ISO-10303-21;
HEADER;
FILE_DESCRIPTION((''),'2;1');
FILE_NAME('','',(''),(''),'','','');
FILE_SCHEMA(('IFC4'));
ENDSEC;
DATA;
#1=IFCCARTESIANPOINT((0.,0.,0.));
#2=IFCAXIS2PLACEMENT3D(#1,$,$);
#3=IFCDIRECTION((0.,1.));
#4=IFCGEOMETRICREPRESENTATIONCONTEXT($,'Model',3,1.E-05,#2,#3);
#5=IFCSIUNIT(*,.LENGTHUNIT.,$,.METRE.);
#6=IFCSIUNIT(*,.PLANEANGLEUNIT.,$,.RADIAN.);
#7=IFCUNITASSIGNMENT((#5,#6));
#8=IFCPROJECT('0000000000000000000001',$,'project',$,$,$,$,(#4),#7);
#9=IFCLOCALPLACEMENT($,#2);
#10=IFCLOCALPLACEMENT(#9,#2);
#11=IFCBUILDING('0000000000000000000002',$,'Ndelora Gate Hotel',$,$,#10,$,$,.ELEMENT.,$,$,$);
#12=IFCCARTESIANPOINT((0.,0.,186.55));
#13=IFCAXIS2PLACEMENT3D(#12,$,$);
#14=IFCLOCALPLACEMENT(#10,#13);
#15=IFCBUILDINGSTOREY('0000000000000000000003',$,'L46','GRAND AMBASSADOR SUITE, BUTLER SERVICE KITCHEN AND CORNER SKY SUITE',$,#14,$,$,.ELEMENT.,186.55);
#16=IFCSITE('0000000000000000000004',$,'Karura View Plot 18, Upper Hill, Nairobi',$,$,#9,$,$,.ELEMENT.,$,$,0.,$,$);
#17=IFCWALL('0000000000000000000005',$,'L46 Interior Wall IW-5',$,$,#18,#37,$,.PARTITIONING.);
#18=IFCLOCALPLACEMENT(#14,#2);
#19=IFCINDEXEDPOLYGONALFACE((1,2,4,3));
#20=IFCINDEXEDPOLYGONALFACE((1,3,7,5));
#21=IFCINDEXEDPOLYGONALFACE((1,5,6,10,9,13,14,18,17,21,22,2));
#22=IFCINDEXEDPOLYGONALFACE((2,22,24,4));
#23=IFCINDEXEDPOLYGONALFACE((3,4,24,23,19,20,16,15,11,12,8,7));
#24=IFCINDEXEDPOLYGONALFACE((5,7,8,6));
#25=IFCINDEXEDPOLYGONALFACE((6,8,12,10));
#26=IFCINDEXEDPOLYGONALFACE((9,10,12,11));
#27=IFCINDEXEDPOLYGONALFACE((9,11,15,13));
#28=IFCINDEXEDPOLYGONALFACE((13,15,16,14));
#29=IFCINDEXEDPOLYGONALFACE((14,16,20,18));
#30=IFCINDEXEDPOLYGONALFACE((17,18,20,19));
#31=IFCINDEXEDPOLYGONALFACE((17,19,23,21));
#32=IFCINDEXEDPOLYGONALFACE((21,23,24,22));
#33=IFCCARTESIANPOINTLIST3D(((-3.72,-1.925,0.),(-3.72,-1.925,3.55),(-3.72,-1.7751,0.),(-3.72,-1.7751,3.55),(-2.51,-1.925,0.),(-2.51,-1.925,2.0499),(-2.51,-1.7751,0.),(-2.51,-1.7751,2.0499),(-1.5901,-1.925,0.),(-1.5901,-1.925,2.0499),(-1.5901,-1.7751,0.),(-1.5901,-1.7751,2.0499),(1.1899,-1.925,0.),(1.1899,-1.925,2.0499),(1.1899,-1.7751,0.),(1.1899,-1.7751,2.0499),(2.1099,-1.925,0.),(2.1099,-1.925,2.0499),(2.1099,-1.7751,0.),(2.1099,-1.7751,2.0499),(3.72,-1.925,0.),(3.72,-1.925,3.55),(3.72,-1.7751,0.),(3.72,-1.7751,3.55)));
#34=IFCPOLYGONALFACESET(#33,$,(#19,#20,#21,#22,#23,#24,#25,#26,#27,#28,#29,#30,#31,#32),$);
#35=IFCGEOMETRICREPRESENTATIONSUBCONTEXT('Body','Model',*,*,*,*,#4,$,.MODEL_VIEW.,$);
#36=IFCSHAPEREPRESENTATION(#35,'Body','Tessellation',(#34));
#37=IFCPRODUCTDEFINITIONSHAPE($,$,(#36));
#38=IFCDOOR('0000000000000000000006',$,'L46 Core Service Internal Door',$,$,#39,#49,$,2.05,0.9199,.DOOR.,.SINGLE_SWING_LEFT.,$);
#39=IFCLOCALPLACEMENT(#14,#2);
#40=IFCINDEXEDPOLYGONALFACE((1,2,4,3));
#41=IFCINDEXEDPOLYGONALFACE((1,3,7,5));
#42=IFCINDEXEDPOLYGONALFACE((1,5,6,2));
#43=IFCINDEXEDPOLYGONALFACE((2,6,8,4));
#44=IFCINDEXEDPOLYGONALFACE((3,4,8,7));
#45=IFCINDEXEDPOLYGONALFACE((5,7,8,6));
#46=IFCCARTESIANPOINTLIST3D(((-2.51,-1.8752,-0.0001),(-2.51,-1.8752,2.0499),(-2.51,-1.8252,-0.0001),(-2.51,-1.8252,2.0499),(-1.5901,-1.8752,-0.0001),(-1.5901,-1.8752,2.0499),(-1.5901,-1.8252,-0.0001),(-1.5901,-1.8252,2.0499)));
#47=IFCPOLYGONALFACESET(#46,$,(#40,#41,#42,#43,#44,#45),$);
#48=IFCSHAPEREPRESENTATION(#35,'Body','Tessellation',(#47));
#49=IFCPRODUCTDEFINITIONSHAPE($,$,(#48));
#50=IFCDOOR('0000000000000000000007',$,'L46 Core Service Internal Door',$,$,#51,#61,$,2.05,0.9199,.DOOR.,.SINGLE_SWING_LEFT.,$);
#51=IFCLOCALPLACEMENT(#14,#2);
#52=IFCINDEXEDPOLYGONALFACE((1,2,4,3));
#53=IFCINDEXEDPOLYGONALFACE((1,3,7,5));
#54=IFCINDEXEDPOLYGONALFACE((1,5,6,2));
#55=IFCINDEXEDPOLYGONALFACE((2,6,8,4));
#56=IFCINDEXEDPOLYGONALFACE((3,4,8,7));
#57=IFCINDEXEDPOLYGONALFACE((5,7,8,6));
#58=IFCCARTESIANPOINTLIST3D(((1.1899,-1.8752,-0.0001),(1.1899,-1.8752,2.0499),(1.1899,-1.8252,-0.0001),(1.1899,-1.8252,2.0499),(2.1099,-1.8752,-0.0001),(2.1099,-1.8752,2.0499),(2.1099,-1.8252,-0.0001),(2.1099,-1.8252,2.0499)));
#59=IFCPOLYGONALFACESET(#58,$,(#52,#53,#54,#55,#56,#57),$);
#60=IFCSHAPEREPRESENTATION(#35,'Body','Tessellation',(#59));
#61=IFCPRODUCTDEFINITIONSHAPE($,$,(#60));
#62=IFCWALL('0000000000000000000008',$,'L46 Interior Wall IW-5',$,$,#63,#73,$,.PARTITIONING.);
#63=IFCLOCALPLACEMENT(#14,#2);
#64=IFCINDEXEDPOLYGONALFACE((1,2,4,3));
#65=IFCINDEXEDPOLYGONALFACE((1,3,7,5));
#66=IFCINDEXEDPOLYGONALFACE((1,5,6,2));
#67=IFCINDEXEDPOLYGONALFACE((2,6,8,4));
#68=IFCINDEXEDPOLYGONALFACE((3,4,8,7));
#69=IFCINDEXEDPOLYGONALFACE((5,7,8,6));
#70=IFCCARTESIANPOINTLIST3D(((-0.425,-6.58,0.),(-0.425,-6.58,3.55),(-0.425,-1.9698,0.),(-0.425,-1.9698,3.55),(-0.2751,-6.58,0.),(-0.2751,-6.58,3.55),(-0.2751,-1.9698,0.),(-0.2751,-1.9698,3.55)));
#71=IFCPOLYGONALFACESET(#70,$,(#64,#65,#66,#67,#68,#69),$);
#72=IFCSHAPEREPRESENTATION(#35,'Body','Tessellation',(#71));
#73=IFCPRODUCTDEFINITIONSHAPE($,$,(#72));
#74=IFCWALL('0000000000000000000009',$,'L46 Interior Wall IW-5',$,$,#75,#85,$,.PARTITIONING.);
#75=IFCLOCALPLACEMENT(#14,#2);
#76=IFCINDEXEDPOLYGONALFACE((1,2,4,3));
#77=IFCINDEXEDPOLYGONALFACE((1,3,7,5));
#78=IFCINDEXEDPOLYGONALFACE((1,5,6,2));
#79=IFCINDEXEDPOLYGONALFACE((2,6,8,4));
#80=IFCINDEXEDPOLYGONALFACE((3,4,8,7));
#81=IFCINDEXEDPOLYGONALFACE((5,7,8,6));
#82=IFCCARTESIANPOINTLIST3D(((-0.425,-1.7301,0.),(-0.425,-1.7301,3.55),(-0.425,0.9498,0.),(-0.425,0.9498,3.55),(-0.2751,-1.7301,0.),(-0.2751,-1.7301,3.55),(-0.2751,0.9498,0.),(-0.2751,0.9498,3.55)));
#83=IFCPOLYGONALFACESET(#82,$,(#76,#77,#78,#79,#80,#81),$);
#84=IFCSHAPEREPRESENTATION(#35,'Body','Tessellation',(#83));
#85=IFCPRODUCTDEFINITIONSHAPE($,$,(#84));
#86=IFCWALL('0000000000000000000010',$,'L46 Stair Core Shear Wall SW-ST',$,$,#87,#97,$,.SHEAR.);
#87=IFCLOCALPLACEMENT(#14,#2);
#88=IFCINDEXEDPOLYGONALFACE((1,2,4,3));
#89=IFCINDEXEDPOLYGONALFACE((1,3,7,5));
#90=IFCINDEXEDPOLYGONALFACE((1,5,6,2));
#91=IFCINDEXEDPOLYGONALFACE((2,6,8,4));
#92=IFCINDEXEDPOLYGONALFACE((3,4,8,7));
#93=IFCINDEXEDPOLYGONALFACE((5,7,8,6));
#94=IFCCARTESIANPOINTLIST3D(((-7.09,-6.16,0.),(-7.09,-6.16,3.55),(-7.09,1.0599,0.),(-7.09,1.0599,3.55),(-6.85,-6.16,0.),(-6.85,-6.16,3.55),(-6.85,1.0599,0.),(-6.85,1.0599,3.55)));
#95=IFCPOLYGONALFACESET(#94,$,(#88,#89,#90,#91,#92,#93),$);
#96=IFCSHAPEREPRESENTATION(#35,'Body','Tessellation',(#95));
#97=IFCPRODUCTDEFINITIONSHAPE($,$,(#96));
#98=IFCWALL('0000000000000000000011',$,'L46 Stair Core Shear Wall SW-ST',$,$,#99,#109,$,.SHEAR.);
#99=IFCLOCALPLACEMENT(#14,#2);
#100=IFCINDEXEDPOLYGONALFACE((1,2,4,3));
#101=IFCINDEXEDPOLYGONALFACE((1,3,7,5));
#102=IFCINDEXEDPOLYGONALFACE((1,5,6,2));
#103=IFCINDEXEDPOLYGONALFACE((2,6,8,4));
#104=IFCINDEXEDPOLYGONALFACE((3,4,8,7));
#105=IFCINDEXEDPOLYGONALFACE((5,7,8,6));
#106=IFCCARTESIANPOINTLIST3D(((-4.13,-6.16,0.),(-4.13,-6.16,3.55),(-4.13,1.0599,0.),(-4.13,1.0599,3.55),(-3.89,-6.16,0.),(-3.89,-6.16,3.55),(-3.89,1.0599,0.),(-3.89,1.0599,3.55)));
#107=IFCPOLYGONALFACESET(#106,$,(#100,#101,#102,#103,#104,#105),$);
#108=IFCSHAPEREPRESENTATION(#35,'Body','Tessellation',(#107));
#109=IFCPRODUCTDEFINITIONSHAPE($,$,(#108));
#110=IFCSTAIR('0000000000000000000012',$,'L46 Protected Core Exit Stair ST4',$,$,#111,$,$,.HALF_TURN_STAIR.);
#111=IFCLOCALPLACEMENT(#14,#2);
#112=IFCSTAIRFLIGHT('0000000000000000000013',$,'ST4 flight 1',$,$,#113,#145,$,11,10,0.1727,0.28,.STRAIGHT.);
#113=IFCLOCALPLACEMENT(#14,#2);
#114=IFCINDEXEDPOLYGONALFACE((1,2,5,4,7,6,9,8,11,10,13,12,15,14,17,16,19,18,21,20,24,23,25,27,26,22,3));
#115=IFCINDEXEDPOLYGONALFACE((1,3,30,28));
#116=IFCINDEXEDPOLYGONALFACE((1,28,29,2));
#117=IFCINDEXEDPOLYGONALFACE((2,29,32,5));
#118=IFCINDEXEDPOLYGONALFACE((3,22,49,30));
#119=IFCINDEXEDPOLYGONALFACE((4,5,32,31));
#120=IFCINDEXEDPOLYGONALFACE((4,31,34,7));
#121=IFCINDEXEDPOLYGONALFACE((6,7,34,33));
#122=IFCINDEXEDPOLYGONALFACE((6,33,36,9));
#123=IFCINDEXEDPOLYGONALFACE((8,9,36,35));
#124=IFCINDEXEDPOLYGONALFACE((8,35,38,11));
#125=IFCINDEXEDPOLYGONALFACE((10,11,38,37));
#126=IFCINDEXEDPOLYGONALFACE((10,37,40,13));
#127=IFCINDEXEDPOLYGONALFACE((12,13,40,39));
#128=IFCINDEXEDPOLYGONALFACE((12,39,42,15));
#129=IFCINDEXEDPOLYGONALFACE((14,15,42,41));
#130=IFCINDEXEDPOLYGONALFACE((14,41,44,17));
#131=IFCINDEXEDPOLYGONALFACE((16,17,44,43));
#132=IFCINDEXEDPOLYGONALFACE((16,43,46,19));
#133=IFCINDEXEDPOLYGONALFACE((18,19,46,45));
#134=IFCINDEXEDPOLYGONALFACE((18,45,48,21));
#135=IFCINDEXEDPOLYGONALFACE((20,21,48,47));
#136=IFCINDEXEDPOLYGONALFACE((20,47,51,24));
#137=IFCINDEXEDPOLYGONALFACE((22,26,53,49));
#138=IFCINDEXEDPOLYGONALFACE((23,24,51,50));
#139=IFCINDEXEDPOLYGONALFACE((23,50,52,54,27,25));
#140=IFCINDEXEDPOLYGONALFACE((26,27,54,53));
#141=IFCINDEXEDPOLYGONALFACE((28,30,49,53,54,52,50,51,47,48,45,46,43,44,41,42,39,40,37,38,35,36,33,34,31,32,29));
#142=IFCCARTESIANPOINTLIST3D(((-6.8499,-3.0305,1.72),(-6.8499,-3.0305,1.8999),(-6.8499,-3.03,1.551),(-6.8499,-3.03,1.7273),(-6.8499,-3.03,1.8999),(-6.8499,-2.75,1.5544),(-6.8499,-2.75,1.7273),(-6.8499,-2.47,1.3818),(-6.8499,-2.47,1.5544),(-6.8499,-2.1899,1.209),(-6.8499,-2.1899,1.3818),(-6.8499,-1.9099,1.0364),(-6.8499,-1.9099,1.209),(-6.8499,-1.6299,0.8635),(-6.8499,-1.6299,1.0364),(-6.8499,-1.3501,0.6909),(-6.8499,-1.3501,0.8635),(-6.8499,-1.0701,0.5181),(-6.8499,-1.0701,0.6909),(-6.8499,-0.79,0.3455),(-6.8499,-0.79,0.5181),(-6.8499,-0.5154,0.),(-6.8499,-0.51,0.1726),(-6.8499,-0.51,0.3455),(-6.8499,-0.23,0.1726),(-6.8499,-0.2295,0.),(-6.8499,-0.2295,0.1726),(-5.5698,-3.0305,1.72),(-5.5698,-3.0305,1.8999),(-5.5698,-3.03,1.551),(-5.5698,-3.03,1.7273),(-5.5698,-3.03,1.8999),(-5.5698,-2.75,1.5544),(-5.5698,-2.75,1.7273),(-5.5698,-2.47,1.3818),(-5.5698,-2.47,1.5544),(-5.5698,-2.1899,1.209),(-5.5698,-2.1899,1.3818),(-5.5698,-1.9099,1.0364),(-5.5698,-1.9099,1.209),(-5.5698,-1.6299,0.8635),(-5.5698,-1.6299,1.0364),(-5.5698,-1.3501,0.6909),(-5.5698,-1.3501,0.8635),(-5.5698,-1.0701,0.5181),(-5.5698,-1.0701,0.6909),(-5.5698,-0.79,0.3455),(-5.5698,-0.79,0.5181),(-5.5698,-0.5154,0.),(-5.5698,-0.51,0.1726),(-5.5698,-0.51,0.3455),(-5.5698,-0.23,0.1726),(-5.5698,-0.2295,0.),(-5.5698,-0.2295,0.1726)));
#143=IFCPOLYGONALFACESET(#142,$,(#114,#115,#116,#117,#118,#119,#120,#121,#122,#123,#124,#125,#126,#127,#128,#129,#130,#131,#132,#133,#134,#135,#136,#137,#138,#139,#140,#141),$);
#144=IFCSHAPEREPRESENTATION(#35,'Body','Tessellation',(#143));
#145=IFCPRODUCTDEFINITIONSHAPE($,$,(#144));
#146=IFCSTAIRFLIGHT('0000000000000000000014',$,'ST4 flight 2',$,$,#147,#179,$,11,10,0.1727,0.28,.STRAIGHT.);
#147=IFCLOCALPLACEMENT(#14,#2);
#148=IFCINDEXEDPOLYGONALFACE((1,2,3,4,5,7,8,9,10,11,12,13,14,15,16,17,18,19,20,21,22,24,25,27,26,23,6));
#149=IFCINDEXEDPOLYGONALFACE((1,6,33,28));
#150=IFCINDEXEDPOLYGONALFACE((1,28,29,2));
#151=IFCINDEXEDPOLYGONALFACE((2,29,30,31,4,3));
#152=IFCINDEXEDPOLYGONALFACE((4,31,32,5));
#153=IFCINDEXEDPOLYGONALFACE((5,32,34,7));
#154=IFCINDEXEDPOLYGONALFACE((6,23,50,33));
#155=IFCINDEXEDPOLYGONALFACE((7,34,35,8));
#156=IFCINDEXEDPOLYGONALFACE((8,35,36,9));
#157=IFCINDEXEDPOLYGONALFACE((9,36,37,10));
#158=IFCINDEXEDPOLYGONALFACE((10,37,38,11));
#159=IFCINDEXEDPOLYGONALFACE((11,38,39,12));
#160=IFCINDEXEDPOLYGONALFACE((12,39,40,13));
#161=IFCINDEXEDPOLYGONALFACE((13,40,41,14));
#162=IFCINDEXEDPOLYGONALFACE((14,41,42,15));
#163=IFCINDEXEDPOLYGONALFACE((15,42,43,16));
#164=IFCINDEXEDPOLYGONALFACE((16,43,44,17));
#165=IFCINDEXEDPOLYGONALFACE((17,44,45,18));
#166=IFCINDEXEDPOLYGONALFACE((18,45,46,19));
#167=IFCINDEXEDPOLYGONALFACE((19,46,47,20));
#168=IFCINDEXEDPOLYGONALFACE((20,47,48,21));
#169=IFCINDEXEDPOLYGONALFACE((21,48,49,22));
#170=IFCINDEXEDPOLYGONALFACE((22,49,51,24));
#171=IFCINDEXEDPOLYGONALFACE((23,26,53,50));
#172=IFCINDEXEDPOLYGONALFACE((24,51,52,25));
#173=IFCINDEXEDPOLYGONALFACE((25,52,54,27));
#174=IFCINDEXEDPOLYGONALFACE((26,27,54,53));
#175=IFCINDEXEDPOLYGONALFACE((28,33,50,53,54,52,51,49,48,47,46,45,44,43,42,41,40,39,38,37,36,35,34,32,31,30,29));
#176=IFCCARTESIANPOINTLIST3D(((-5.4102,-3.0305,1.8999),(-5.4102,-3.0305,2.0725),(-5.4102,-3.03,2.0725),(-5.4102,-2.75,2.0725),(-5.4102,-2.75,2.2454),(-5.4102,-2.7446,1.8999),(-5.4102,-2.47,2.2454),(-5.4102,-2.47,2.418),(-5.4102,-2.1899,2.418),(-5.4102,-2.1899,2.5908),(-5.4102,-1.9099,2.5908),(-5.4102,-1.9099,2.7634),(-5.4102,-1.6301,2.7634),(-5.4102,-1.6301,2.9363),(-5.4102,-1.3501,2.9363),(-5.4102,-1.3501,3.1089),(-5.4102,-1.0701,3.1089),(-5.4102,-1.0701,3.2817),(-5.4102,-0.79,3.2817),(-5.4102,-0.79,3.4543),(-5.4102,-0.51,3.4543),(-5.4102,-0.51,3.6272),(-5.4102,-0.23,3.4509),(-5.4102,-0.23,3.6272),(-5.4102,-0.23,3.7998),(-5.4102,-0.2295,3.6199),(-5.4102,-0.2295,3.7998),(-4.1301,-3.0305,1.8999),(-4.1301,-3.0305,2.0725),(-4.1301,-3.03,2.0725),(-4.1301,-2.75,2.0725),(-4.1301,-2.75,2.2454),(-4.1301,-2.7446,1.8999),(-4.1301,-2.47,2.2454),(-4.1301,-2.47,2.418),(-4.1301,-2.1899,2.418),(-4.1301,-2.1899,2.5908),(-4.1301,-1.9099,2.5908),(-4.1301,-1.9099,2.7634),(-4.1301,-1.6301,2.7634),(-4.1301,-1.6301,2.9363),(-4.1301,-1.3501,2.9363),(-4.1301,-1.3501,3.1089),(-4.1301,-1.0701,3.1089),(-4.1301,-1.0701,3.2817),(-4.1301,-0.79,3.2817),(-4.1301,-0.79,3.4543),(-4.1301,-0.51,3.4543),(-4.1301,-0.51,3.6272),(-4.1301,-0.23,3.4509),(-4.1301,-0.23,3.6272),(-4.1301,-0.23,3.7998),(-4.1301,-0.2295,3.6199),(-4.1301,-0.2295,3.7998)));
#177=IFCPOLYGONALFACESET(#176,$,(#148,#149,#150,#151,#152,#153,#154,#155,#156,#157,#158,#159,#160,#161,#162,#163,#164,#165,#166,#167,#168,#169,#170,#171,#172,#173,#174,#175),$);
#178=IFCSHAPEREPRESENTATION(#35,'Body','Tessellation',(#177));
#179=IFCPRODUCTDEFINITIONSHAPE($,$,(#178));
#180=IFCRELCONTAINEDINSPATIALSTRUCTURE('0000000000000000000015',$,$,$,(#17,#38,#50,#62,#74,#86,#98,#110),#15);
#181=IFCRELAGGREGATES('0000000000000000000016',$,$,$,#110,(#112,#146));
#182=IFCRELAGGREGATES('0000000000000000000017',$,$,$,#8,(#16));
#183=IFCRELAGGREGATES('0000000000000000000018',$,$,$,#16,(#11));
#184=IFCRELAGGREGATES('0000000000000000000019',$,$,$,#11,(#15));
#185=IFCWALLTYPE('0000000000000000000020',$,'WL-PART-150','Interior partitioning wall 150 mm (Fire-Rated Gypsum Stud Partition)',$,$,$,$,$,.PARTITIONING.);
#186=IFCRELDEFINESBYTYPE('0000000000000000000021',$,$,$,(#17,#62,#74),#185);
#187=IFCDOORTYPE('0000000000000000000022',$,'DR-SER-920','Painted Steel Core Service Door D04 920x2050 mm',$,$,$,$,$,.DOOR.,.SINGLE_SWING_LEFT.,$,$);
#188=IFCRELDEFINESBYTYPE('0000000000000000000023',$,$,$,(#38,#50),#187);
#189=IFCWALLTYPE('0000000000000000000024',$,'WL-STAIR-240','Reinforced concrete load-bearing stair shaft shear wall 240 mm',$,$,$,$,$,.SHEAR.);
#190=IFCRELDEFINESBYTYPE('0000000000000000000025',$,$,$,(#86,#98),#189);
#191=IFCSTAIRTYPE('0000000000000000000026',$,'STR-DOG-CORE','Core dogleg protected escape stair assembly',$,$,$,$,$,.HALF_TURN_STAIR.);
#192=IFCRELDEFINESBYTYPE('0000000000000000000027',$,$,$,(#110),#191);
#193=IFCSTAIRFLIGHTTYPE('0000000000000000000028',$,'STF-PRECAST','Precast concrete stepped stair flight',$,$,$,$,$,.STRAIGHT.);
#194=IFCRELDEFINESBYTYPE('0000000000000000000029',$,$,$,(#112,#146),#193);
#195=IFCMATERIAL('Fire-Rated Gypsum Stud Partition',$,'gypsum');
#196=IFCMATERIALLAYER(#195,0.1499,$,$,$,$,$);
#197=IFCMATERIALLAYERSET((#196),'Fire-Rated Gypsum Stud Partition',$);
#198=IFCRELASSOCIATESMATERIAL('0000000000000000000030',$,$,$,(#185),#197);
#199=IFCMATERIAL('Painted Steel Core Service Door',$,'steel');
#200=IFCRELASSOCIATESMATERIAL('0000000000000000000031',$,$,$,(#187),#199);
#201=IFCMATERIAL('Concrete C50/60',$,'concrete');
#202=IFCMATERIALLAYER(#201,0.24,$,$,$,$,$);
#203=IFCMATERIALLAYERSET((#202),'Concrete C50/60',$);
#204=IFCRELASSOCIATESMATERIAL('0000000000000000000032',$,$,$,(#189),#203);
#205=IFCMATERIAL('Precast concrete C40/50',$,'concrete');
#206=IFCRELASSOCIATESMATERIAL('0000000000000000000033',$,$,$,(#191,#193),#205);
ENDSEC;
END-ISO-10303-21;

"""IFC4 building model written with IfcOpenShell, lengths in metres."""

from ifc_helpers import new_model, si_unit, direction, frame, frame_2d, origin, place, context, subcontext, project, spatial, polyline, rectangle, outline, extrude, material, layer, layer_set, type_object, element, fill, aggregate, save


model = new_model("IFC4")

# Units and contexts
model_context = context("Model", 3, precision=1e-05, world=origin(), true_north=direction((0.0, 1.0)))
body_context = subcontext(model_context, "Body", "Model", "MODEL_VIEW")
ifc_project = project(units=[si_unit("LENGTHUNIT", "METRE"), si_unit("PLANEANGLEUNIT", "RADIAN")], contexts=[model_context])

# Site, building, storey
site_placement = place(None, origin())
site = spatial("IfcSite", under=ifc_project, at=site_placement, Name="Karura View Plot 18, Upper Hill, Nairobi", CompositionType="ELEMENT", RefElevation=0.0)
building_placement = place(site_placement, origin())
building = spatial("IfcBuilding", under=site, at=building_placement, Name="Ndelora Gate Hotel", CompositionType="ELEMENT")
storey_placement = place(building_placement, frame((0.0, 0.0, 186.55)))
storey = spatial("IfcBuildingStorey", under=building, at=storey_placement, Name="L46", Description="GRAND AMBASSADOR SUITE, BUTLER SERVICE KITCHEN AND CORNER SKY SUITE", CompositionType="ELEMENT", Elevation=186.55)

# Wall, openings, doors
ifc_material_1 = material(Name="Fire-Rated Gypsum Stud Partition", Category="gypsum")
ifc_layer_1 = layer(ifc_material_1, 0.1499)
ifc_layer_set_1 = layer_set([ifc_layer_1], Name="Fire-Rated Gypsum Stud Partition")
wall_type_1 = type_object("IfcWallType", Name="WL-PART-150", Description="Interior partitioning wall 150 mm (Fire-Rated Gypsum Stud Partition)", PredefinedType="PARTITIONING", material=ifc_layer_set_1)
wall_1_placement = place(storey_placement, frame((-3.72, -1.8501, 0.0), z_axis=(0.0, 0.0, 1.0), x_axis=(1.0, 0.0, 0.0)))
wall_1 = element("IfcWall", 1, at=wall_1_placement, inside=storey, type_object=wall_type_1, Name="L46 Interior Wall IW-5", PredefinedType="PARTITIONING", context=body_context, shape_type="SweptSolid", body=[
    extrude(rectangle(XDim=7.4399, YDim=0.1499, at=frame_2d((3.72, 0.0))), origin(), (0.0, 0.0, 1.0), 3.55),
])
opening_1_placement = place(wall_1_placement, frame((1.21, 0.0, 0.0)))
opening_1 = element("IfcOpeningElement", 2, at=opening_1_placement, cuts=wall_1, PredefinedType="OPENING", context=body_context, shape_type="SweptSolid", body=[
    extrude(rectangle(XDim=0.9199, YDim=2.05, at=frame_2d((0.46, 1.0249))), frame((0.0, 0.085, 0.0), z_axis=(0.0, -1.0, 0.0), x_axis=(1.0, 0.0, 0.0)), (0.0, 0.0, 1.0), 0.1699),
])
opening_2_placement = place(wall_1_placement, frame((4.9099, 0.0, 0.0)))
opening_2 = element("IfcOpeningElement", 3, at=opening_2_placement, cuts=wall_1, PredefinedType="OPENING", context=body_context, shape_type="SweptSolid", body=[
    extrude(rectangle(XDim=0.9199, YDim=2.05, at=frame_2d((0.46, 1.0249))), frame((0.0, 0.085, 0.0), z_axis=(0.0, -1.0, 0.0), x_axis=(1.0, 0.0, 0.0)), (0.0, 0.0, 1.0), 0.1699),
])
ifc_material_2 = material(Name="Painted Steel Core Service Door", Category="steel")
door_type = type_object("IfcDoorType", Name="DR-SER-920", Description="Painted Steel Core Service Door D04 920x2050 mm", OperationType="SINGLE_SWING_LEFT", PredefinedType="DOOR", material=ifc_material_2)
door_1_placement = place(opening_1_placement, origin())
door_1 = element("IfcDoor", 4, at=door_1_placement, inside=storey, type_object=door_type, Name="L46 Core Service Internal Door", OperationType="SINGLE_SWING_LEFT", OverallHeight=2.05, OverallWidth=0.9199, PredefinedType="DOOR", context=body_context, shape_type="SweptSolid", body=[
    extrude(rectangle(XDim=0.9199, YDim=2.05, at=frame_2d((0.46, 1.0249))), frame((0.0, 0.0249, 0.0), z_axis=(0.0, -1.0, 0.0), x_axis=(1.0, 0.0, 0.0)), (0.0, 0.0, 1.0), 0.05),
])
fill(opening_1, door_1)
door_2_placement = place(opening_2_placement, origin())
door_2 = element("IfcDoor", 5, at=door_2_placement, inside=storey, type_object=door_type, Name="L46 Core Service Internal Door", OperationType="SINGLE_SWING_LEFT", OverallHeight=2.05, OverallWidth=0.9199, PredefinedType="DOOR", context=body_context, shape_type="SweptSolid", body=[
    extrude(rectangle(XDim=0.9199, YDim=2.05, at=frame_2d((0.46, 1.0249))), frame((0.0, 0.0249, 0.0), z_axis=(0.0, -1.0, 0.0), x_axis=(1.0, 0.0, 0.0)), (0.0, 0.0, 1.0), 0.05),
])
fill(opening_2, door_2)

# Walls
wall_2_placement = place(storey_placement, frame((-0.3501, -6.5801, 0.0), z_axis=(0.0, 0.0, 1.0), x_axis=(0.0, 1.0, 0.0)))
element("IfcWall", 6, at=wall_2_placement, inside=storey, type_object=wall_type_1, Name="L46 Interior Wall IW-5", PredefinedType="PARTITIONING", context=body_context, shape_type="SweptSolid", body=[
    extrude(rectangle(XDim=4.6101, YDim=0.1499, at=frame_2d((2.3052, 0.0))), origin(), (0.0, 0.0, 1.0), 3.55),
])
wall_3_placement = place(storey_placement, frame((-0.3501, -1.73, 0.0), z_axis=(0.0, 0.0, 1.0), x_axis=(0.0, 1.0, 0.0)))
element("IfcWall", 7, at=wall_3_placement, inside=storey, type_object=wall_type_1, Name="L46 Interior Wall IW-5", PredefinedType="PARTITIONING", context=body_context, shape_type="SweptSolid", body=[
    extrude(rectangle(XDim=2.6799, YDim=0.1499, at=frame_2d((1.3398, 0.0))), origin(), (0.0, 0.0, 1.0), 3.55),
])
ifc_material_3 = material(Name="Concrete C50/60", Category="concrete")
ifc_layer_2 = layer(ifc_material_3, 0.24)
ifc_layer_set_2 = layer_set([ifc_layer_2], Name="Concrete C50/60")
wall_type_2 = type_object("IfcWallType", Name="WL-STAIR-240", Description="Reinforced concrete load-bearing stair shaft shear wall 240 mm", PredefinedType="SHEAR", material=ifc_layer_set_2)
for number, where, z_axis, x_axis, name in (
    (8, (-6.97, -6.1599, 0.0), (0.0, 0.0, 1.0), (0.0, 1.0, 0.0), "L46 Stair Core Shear Wall SW-ST"),
    (9, (-4.01, -6.1599, 0.0), (0.0, 0.0, 1.0), (0.0, 1.0, 0.0), "L46 Stair Core Shear Wall SW-ST"),
):
    element("IfcWall", number, at=place(storey_placement, frame(where, z_axis=z_axis, x_axis=x_axis)), inside=storey, type_object=wall_type_2, Name=name, PredefinedType="SHEAR", context=body_context, shape_type="SweptSolid", body=[
        extrude(rectangle(XDim=7.22, YDim=0.24, at=frame_2d((3.6099, 0.0))), origin(), (0.0, 0.0, 1.0), 3.55),
    ])

# Stair, stair flights
ifc_material_4 = material(Name="Precast concrete C40/50", Category="concrete")
stair_type = type_object("IfcStairType", Name="STR-DOG-CORE", Description="Core dogleg protected escape stair assembly", PredefinedType="HALF_TURN_STAIR", material=ifc_material_4)
stair_placement = place(storey_placement, origin())
stair = element("IfcStair", 10, at=stair_placement, inside=storey, type_object=stair_type, Name="L46 Protected Core Exit Stair ST4", PredefinedType="HALF_TURN_STAIR")
stair_flight_type = type_object("IfcStairFlightType", Name="STF-PRECAST", Description="Precast concrete stepped stair flight", PredefinedType="STRAIGHT", material=ifc_material_4)
stair_flight_1_placement = place(storey_placement, frame((-6.21, -0.23, 0.0), z_axis=(0.0, 0.0, 1.0), x_axis=(0.0, -1.0, 0.0)))
stair_flight_1 = element("IfcStairFlight", 11, at=stair_flight_1_placement, type_object=stair_flight_type, Name="ST4 flight 1", NumberOfRisers=11, NumberOfTreads=10, PredefinedType="STRAIGHT", RiserHeight=0.1727, TreadLength=0.28, context=body_context, shape_type="SweptSolid", body=[
    extrude(outline(polyline([(-0.0005, 0.0), (-0.0005, 0.1726), (0.0, 0.1726), (0.28, 0.1726), (0.28, 0.3455), (0.5601, 0.3455), (0.5601, 0.5181), (0.8401, 0.5181), (0.8401, 0.6909), (1.1201, 0.6909), (1.1201, 0.8635), (1.3999, 0.8635), (1.3999, 1.0364), (1.6799, 1.0364), (1.6799, 1.209), (1.96, 1.209), (1.96, 1.3818), (2.24, 1.3818), (2.24, 1.5544), (2.52, 1.5544), (2.52, 1.7273), (2.8, 1.7273), (2.8, 1.8999), (2.8005, 1.8999), (2.8005, 1.72), (2.8, 1.551), (0.2854, 0.0), (-0.0005, 0.0)])), frame((0.0, 0.6401, 0.0), z_axis=(0.0, -1.0, 0.0), x_axis=(1.0, 0.0, 0.0)), (0.0, 0.0, 1.0), 1.28),
])
stair_flight_2_placement = place(storey_placement, frame((-4.77, -3.03, 1.8999), z_axis=(0.0, 0.0, 1.0), x_axis=(0.0, 1.0, 0.0)))
stair_flight_2 = element("IfcStairFlight", 12, at=stair_flight_2_placement, type_object=stair_flight_type, Name="ST4 flight 2", NumberOfRisers=11, NumberOfTreads=10, PredefinedType="STRAIGHT", RiserHeight=0.1727, TreadLength=0.28, context=body_context, shape_type="SweptSolid", body=[
    extrude(outline(polyline([(-0.0005, 0.0), (-0.0005, 0.1726), (0.0, 0.1726), (0.28, 0.1726), (0.28, 0.3455), (0.5601, 0.3455), (0.5601, 0.5181), (0.8401, 0.5181), (0.8401, 0.6909), (1.1201, 0.6909), (1.1201, 0.8635), (1.3999, 0.8635), (1.3999, 1.0364), (1.6799, 1.0364), (1.6799, 1.209), (1.96, 1.209), (1.96, 1.3818), (2.24, 1.3818), (2.24, 1.5544), (2.52, 1.5544), (2.52, 1.7273), (2.8, 1.7273), (2.8, 1.8999), (2.8005, 1.8999), (2.8005, 1.72), (2.8, 1.551), (0.2854, 0.0), (-0.0005, 0.0)])), frame((0.0, 0.6401, 0.0), z_axis=(0.0, -1.0, 0.0), x_axis=(1.0, 0.0, 0.0)), (0.0, 0.0, 1.0), 1.28),
])
aggregate(stair, [stair_flight_1, stair_flight_2])

save(model, "model.ifc")
